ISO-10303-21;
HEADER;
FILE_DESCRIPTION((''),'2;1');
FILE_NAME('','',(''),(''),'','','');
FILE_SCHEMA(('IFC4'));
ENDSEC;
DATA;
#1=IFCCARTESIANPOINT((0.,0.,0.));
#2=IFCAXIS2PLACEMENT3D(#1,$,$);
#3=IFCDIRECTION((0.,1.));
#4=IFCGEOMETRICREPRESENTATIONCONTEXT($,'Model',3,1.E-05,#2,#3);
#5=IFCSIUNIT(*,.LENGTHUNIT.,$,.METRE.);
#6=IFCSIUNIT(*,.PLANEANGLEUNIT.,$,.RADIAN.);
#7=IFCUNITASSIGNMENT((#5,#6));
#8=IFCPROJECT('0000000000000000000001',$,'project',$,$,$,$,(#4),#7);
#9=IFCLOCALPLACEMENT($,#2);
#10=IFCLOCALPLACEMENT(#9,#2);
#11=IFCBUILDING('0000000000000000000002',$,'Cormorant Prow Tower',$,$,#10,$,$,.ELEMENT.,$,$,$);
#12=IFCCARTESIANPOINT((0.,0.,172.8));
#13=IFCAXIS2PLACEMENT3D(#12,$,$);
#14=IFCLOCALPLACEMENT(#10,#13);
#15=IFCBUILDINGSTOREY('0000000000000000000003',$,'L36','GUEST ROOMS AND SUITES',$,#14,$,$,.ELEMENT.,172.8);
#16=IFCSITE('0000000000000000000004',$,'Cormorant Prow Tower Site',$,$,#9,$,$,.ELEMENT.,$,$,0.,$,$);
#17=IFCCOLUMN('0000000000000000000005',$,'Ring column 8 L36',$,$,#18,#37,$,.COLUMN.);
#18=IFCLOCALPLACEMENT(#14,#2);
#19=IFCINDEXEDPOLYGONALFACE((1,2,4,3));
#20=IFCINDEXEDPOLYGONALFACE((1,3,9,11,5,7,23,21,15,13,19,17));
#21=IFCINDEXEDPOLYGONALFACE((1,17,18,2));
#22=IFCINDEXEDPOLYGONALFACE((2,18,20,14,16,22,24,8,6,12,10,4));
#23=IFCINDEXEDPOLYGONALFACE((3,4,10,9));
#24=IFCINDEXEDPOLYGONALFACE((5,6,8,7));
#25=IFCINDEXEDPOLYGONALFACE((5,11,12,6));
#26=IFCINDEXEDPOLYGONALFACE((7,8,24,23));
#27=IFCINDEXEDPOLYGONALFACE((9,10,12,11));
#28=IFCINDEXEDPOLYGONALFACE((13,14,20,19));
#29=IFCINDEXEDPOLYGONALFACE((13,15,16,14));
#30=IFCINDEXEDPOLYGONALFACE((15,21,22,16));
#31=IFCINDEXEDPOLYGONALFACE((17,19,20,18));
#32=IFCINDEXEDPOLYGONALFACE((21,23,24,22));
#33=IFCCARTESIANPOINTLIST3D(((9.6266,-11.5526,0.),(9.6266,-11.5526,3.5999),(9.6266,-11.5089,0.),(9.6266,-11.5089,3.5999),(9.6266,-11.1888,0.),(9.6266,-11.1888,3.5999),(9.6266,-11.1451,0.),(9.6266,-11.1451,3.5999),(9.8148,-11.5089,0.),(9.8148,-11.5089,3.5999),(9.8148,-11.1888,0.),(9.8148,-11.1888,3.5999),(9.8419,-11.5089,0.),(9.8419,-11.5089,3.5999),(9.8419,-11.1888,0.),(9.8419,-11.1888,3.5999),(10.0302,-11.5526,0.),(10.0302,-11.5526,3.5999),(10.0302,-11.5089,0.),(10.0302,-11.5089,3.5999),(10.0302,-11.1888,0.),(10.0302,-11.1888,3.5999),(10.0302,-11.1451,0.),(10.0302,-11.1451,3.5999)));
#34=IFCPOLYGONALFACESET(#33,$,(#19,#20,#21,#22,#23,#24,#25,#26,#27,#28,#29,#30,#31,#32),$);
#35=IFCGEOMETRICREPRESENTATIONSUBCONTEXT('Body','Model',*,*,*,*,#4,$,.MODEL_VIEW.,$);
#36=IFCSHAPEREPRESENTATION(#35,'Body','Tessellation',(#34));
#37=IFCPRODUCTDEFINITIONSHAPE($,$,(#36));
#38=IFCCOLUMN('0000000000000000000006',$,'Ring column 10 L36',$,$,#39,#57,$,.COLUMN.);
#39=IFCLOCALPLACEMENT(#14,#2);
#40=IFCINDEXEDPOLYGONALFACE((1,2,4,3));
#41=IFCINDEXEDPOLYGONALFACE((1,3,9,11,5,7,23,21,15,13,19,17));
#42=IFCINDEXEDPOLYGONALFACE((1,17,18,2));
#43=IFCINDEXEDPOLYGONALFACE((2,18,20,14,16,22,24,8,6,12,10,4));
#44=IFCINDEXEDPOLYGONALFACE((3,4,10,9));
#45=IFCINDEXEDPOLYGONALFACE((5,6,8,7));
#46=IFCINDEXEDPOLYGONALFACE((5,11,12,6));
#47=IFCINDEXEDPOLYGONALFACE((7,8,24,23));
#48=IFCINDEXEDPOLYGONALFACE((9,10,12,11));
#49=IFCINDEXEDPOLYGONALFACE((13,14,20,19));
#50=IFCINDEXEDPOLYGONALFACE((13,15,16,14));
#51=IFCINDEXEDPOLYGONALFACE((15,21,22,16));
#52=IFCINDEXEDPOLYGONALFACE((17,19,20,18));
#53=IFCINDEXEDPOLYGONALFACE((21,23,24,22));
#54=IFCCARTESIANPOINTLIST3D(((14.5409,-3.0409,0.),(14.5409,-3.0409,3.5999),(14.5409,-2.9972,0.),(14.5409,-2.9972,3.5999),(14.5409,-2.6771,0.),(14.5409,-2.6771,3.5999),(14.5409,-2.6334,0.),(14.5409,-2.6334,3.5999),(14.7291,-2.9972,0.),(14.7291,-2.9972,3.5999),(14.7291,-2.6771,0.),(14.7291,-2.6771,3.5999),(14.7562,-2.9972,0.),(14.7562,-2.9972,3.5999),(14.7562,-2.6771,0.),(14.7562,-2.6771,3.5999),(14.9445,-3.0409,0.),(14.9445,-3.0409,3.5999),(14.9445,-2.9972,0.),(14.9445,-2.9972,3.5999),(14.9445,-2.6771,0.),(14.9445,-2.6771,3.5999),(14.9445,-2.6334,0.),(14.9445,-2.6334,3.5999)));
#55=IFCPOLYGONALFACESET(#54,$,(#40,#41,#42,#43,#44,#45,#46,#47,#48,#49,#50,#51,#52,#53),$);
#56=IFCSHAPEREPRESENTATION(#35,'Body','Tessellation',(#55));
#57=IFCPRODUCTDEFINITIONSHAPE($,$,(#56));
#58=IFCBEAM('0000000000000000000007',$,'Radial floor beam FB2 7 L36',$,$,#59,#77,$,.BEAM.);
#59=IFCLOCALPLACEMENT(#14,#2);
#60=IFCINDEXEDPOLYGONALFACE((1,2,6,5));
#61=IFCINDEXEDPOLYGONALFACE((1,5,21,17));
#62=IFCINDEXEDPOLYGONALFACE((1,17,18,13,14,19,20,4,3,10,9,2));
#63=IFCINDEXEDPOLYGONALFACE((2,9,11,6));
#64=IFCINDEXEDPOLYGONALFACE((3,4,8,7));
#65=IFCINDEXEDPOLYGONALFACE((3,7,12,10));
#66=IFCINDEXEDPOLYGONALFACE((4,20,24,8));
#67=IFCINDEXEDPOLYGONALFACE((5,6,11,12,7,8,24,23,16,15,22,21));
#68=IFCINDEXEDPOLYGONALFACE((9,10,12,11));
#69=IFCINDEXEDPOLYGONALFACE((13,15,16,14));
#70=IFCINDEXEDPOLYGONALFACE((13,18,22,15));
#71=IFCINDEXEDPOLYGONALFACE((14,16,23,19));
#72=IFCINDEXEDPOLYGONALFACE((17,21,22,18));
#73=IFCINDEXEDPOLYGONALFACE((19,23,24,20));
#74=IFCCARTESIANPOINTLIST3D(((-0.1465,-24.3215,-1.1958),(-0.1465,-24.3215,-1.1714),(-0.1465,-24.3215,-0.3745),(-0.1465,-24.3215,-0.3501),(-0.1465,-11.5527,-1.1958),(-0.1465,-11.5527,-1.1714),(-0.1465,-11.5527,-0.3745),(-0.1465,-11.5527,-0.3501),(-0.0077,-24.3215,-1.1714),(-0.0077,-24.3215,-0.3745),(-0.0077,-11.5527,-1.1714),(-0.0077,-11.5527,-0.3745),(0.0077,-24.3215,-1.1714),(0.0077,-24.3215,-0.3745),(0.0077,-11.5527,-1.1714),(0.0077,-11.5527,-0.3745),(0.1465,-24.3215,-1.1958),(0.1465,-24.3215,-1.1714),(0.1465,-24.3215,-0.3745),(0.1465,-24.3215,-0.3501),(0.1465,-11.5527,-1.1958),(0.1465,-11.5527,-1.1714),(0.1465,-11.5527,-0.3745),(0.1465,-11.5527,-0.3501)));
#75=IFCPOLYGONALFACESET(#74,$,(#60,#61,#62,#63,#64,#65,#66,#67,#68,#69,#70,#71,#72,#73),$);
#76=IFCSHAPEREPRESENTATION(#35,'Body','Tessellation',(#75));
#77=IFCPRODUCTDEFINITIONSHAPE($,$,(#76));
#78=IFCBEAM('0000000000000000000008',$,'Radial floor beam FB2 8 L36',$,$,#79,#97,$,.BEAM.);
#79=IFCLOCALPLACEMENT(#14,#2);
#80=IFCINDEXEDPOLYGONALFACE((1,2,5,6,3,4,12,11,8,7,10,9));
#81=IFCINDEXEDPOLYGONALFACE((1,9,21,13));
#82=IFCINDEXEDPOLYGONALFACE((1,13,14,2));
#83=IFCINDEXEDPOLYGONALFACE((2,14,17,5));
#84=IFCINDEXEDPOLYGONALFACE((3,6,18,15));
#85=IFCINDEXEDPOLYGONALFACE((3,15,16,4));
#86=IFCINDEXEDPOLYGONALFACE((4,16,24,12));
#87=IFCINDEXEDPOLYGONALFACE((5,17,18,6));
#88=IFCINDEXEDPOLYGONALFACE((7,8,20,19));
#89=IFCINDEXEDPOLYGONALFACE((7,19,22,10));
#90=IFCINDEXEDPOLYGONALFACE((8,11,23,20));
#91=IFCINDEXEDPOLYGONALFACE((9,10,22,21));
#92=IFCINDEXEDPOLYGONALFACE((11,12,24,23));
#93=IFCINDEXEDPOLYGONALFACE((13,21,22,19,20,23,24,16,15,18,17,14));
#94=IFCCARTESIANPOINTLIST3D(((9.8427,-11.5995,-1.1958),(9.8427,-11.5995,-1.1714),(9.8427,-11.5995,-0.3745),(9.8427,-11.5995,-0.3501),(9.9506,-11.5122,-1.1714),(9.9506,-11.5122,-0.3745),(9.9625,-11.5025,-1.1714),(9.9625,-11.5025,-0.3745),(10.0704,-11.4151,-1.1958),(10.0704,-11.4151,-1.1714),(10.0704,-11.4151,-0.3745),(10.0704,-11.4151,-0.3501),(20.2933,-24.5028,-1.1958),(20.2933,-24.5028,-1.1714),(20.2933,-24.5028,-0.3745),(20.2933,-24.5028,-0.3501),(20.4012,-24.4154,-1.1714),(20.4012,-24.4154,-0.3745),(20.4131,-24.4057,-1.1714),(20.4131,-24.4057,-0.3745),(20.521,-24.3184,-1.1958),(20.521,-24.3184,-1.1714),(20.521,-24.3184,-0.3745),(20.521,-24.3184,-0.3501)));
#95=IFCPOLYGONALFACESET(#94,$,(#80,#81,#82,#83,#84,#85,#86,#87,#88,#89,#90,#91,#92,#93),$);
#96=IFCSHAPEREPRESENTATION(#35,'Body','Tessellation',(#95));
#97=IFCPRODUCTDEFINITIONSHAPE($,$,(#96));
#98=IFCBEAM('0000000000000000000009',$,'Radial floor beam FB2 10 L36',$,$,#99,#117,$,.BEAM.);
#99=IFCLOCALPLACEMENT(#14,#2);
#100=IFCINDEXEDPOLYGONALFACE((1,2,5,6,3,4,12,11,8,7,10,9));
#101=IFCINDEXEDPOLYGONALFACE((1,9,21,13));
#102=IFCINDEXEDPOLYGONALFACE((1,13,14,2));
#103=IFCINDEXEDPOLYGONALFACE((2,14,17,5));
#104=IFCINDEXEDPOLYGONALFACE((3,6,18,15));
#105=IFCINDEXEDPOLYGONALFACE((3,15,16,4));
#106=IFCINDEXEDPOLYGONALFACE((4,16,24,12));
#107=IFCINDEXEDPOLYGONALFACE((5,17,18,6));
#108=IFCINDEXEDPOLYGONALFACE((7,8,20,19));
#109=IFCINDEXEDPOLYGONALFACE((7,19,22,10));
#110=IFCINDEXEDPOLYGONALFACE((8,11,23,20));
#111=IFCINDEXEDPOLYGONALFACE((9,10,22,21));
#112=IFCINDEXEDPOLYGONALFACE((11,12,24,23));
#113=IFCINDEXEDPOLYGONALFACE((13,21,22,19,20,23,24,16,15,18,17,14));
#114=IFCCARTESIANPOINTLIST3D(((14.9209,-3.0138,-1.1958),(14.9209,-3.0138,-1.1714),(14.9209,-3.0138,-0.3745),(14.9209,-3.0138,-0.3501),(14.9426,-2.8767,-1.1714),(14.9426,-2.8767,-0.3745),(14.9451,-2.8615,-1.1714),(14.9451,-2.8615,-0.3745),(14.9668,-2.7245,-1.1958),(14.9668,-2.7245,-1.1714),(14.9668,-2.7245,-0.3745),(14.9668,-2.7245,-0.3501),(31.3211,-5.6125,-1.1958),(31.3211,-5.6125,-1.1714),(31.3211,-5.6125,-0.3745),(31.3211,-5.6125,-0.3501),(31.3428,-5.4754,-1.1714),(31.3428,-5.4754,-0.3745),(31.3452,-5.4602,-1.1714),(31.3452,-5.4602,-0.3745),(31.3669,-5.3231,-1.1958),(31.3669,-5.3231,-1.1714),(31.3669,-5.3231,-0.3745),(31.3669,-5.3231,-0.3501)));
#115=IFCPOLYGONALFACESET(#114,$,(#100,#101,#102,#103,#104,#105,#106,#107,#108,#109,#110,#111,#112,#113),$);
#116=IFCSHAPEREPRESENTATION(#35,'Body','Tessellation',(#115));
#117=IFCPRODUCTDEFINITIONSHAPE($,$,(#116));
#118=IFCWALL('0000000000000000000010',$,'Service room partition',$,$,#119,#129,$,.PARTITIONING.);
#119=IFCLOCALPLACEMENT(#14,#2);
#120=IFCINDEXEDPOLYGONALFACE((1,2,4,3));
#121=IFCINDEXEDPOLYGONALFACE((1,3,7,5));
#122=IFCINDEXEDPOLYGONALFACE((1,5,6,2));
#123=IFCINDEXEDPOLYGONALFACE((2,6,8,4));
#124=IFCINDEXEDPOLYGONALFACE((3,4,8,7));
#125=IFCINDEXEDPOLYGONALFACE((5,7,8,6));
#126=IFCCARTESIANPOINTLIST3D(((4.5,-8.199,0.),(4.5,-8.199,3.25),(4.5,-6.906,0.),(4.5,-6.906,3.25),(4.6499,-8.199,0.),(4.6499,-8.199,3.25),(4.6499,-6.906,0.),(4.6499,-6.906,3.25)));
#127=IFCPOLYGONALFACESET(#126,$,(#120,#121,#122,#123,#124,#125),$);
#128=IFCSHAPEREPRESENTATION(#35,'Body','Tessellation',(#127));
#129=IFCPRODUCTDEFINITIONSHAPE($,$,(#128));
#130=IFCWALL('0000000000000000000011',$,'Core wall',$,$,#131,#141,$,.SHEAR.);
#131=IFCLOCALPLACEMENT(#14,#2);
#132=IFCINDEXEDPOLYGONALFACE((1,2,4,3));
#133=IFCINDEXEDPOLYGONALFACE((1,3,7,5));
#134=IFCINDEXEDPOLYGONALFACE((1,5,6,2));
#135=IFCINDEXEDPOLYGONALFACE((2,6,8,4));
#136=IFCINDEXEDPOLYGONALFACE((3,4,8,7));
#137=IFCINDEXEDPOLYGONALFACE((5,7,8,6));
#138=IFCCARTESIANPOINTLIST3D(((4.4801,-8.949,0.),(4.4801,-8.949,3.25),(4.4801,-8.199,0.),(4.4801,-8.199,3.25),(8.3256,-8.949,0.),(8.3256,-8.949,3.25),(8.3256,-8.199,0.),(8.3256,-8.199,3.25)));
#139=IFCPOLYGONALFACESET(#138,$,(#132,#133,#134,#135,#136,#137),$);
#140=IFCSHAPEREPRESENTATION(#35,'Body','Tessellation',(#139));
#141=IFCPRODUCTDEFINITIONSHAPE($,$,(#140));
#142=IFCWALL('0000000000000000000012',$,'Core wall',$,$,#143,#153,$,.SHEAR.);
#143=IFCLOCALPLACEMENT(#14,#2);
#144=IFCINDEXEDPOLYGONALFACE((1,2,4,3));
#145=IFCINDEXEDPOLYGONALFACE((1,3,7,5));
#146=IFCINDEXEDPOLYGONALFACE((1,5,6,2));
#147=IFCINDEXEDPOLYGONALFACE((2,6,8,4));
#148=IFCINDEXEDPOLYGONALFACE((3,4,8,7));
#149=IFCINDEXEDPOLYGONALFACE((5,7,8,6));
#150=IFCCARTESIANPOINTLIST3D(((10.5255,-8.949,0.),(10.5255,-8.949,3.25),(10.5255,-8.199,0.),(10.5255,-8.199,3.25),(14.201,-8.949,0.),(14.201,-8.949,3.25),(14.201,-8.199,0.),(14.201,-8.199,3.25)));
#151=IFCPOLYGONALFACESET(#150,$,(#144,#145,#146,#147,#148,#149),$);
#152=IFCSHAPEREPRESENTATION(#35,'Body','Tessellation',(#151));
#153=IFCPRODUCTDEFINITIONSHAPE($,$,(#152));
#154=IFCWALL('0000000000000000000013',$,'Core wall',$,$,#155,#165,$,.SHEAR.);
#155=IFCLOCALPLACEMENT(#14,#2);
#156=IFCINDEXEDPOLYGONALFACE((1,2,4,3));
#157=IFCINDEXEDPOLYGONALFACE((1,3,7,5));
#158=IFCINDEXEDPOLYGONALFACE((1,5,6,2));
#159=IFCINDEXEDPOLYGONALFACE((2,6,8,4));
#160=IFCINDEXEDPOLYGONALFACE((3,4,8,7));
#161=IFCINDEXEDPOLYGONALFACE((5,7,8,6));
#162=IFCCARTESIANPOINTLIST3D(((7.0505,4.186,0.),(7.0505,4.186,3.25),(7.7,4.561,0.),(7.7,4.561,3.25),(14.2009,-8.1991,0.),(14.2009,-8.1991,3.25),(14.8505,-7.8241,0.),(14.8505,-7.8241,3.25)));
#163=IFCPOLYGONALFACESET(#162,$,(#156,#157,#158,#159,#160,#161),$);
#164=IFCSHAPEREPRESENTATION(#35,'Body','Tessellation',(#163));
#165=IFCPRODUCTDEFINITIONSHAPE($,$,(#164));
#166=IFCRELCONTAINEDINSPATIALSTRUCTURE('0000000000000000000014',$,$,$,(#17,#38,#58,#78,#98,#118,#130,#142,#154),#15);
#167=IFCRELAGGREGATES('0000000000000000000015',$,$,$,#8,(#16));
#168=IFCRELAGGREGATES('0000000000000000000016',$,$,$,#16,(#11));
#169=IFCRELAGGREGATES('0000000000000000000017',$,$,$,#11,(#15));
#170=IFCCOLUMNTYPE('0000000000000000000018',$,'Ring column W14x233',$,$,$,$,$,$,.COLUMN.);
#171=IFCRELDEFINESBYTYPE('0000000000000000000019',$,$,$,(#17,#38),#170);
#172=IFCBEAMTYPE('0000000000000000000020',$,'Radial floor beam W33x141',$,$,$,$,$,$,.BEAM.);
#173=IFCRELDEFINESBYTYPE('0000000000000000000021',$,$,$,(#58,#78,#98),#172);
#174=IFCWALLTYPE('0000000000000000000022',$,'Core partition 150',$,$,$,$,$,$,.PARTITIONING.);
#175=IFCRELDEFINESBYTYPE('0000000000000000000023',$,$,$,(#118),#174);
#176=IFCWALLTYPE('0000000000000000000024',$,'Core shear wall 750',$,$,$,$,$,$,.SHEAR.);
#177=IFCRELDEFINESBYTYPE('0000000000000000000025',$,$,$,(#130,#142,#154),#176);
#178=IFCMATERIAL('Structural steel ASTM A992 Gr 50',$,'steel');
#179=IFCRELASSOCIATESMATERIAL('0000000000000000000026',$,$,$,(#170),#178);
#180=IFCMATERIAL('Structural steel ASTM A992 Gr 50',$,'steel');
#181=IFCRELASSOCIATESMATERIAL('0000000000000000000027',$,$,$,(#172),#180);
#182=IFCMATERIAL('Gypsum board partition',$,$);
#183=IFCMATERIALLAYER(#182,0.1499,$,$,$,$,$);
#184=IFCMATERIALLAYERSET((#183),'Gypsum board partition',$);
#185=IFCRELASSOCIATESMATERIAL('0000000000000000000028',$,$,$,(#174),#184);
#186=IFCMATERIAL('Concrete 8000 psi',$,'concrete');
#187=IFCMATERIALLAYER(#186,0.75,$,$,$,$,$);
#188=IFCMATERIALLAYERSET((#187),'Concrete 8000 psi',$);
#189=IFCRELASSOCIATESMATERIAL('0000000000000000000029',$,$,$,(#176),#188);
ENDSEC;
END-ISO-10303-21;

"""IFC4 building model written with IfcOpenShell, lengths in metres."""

from ifc_helpers import new_model, si_unit, direction, frame, frame_2d, origin, origin_2d, place, context, subcontext, project, spatial, rectangle, i_section, extrude, material, layer, layer_set, material_profile, profile_set, type_object, element, save


model = new_model("IFC4")

# Units and contexts
model_context = context("Model", 3, precision=1e-05, world=origin(), true_north=direction((0.0, 1.0)))
body_context = subcontext(model_context, "Body", "Model", "MODEL_VIEW")
ifc_project = project(units=[si_unit("LENGTHUNIT", "METRE"), si_unit("PLANEANGLEUNIT", "RADIAN")], contexts=[model_context])

# Site, building, storey
site_placement = place(None, origin())
site = spatial("IfcSite", under=ifc_project, at=site_placement, Name="Cormorant Prow Tower Site", CompositionType="ELEMENT", RefElevation=0.0)
building_placement = place(site_placement, origin())
building = spatial("IfcBuilding", under=site, at=building_placement, Name="Cormorant Prow Tower", CompositionType="ELEMENT")
storey_placement = place(building_placement, frame((0.0, 0.0, 172.8)))
storey = spatial("IfcBuildingStorey", under=building, at=storey_placement, Name="L36", Description="GUEST ROOMS AND SUITES", CompositionType="ELEMENT", Elevation=172.8)

# Columns
ifc_material_1 = material(Name="Structural steel ASTM A992 Gr 50", Category="steel")
ifc_material_profile_1 = material_profile(ifc_material_1, i_section(OverallWidth=0.4036, OverallDepth=0.4075, WebThickness=0.0271, FlangeThickness=0.0437, at=origin_2d()), Name="W14x233")
ifc_profile_set_1 = profile_set([ifc_material_profile_1], Name="Structural steel ASTM A992 Gr 50")
column_type = type_object("IfcColumnType", Name="Ring column W14x233", PredefinedType="COLUMN", material=ifc_profile_set_1)
for number, where, z_axis, x_axis, name in (
    (1, (9.8284, -11.3489, 0.0), (0.0, 0.0, 1.0), (1.0, 0.0, 0.0), "Ring column 8 L36"),
    (2, (14.7427, -2.8372, 0.0), (0.0, 0.0, 1.0), (1.0, 0.0, 0.0), "Ring column 10 L36"),
):
    element("IfcColumn", number, at=place(storey_placement, frame(where, z_axis=z_axis, x_axis=x_axis)), inside=storey, type_object=column_type, Name=name, PredefinedType="COLUMN", context=body_context, shape_type="SweptSolid", body=[
        extrude(i_section(OverallWidth=0.4036, OverallDepth=0.4075, WebThickness=0.0271, FlangeThickness=0.0437, at=origin_2d()), origin(), (0.0, 0.0, 1.0), 3.5999),
    ])

# Beams
ifc_material_2 = material(Name="Structural steel ASTM A992 Gr 50", Category="steel")
ifc_material_profile_2 = material_profile(ifc_material_2, i_section(OverallWidth=0.293, OverallDepth=0.8457, WebThickness=0.0154, FlangeThickness=0.0244, at=origin_2d()), Name="W33x141")
ifc_profile_set_2 = profile_set([ifc_material_profile_2], Name="Structural steel ASTM A992 Gr 50")
beam_type = type_object("IfcBeamType", Name="Radial floor beam W33x141", PredefinedType="BEAM", material=ifc_profile_set_2)
beam_1_placement = place(storey_placement, frame((0.0, -11.5527, -0.7729), z_axis=(0.0, -1.0, 0.0), x_axis=(1.0, 0.0, 0.0)))
element("IfcBeam", 3, at=beam_1_placement, inside=storey, type_object=beam_type, Name="Radial floor beam FB2 7 L36", PredefinedType="BEAM", context=body_context, shape_type="SweptSolid", body=[
    extrude(i_section(OverallWidth=0.293, OverallDepth=0.8457, WebThickness=0.0154, FlangeThickness=0.0244, at=origin_2d()), origin(), (0.0, 0.0, 1.0), 12.7688),
])
beam_2_placement = place(storey_placement, frame((9.9565, -11.5073, -0.7729), z_axis=(0.629385, -0.777094, 0.0), x_axis=(0.777094, 0.629385, 0.0)))
element("IfcBeam", 4, at=beam_2_placement, inside=storey, type_object=beam_type, Name="Radial floor beam FB2 8 L36", PredefinedType="BEAM", context=body_context, shape_type="SweptSolid", body=[
    extrude(i_section(OverallWidth=0.293, OverallDepth=0.8457, WebThickness=0.0154, FlangeThickness=0.0244, at=origin_2d()), origin(), (0.0, 0.0, 1.0), 16.6045),
])
beam_3_placement = place(storey_placement, frame((14.9438, -2.8691, -0.7729), z_axis=(0.987678, -0.156499, 0.0), x_axis=(0.156499, 0.987678, 0.0)))
element("IfcBeam", 5, at=beam_3_placement, inside=storey, type_object=beam_type, Name="Radial floor beam FB2 10 L36", PredefinedType="BEAM", context=body_context, shape_type="SweptSolid", body=[
    extrude(i_section(OverallWidth=0.293, OverallDepth=0.8457, WebThickness=0.0154, FlangeThickness=0.0244, at=origin_2d()), origin(), (0.0, 0.0, 1.0), 16.6047),
])

# Walls
ifc_material_3 = material(Name="Gypsum board partition")
ifc_layer_1 = layer(ifc_material_3, 0.1499)
ifc_layer_set_1 = layer_set([ifc_layer_1], Name="Gypsum board partition")
wall_type_1 = type_object("IfcWallType", Name="Core partition 150", PredefinedType="PARTITIONING", material=ifc_layer_set_1)
wall_1_placement = place(storey_placement, frame((4.575, -6.906, 0.0), z_axis=(0.0, 0.0, 1.0), x_axis=(0.0, -1.0, 0.0)))
element("IfcWall", 6, at=wall_1_placement, inside=storey, type_object=wall_type_1, Name="Service room partition", PredefinedType="PARTITIONING", context=body_context, shape_type="SweptSolid", body=[
    extrude(rectangle(XDim=1.293, YDim=0.1499, at=frame_2d((0.6465, 0.0))), origin(), (0.0, 0.0, 1.0), 3.25),
])
ifc_material_4 = material(Name="Concrete 8000 psi", Category="concrete")
ifc_layer_2 = layer(ifc_material_4, 0.75)
ifc_layer_set_2 = layer_set([ifc_layer_2], Name="Concrete 8000 psi")
wall_type_2 = type_object("IfcWallType", Name="Core shear wall 750", PredefinedType="SHEAR", material=ifc_layer_set_2)
wall_2_placement = place(storey_placement, frame((4.48, -8.574, 0.0), z_axis=(0.0, 0.0, 1.0), x_axis=(1.0, 0.0, 0.0)))
element("IfcWall", 7, at=wall_2_placement, inside=storey, type_object=wall_type_2, Name="Core wall", PredefinedType="SHEAR", context=body_context, shape_type="SweptSolid", body=[
    extrude(rectangle(XDim=3.8455, YDim=0.75, at=frame_2d((1.9229, 0.0))), origin(), (0.0, 0.0, 1.0), 3.25),
])
wall_3_placement = place(storey_placement, frame((10.5254, -8.574, 0.0), z_axis=(0.0, 0.0, 1.0), x_axis=(1.0, 0.0, 0.0)))
element("IfcWall", 8, at=wall_3_placement, inside=storey, type_object=wall_type_2, Name="Core wall", PredefinedType="SHEAR", context=body_context, shape_type="SweptSolid", body=[
    extrude(rectangle(XDim=3.6755, YDim=0.75, at=frame_2d((1.8379, 0.0))), origin(), (0.0, 0.0, 1.0), 3.25),
])
wall_4_placement = place(storey_placement, frame((14.5256, -8.0115, 0.0), z_axis=(0.0, 0.0, 1.0), x_axis=(-0.499995, 0.866028, 0.0)))
element("IfcWall", 9, at=wall_4_placement, inside=storey, type_object=wall_type_2, Name="Core wall", PredefinedType="SHEAR", context=body_context, shape_type="SweptSolid", body=[
    extrude(rectangle(XDim=14.301, YDim=0.75, at=frame_2d((7.1504, 0.0))), origin(), (0.0, 0.0, 1.0), 3.25),
])

save(model, "model.ifc")
